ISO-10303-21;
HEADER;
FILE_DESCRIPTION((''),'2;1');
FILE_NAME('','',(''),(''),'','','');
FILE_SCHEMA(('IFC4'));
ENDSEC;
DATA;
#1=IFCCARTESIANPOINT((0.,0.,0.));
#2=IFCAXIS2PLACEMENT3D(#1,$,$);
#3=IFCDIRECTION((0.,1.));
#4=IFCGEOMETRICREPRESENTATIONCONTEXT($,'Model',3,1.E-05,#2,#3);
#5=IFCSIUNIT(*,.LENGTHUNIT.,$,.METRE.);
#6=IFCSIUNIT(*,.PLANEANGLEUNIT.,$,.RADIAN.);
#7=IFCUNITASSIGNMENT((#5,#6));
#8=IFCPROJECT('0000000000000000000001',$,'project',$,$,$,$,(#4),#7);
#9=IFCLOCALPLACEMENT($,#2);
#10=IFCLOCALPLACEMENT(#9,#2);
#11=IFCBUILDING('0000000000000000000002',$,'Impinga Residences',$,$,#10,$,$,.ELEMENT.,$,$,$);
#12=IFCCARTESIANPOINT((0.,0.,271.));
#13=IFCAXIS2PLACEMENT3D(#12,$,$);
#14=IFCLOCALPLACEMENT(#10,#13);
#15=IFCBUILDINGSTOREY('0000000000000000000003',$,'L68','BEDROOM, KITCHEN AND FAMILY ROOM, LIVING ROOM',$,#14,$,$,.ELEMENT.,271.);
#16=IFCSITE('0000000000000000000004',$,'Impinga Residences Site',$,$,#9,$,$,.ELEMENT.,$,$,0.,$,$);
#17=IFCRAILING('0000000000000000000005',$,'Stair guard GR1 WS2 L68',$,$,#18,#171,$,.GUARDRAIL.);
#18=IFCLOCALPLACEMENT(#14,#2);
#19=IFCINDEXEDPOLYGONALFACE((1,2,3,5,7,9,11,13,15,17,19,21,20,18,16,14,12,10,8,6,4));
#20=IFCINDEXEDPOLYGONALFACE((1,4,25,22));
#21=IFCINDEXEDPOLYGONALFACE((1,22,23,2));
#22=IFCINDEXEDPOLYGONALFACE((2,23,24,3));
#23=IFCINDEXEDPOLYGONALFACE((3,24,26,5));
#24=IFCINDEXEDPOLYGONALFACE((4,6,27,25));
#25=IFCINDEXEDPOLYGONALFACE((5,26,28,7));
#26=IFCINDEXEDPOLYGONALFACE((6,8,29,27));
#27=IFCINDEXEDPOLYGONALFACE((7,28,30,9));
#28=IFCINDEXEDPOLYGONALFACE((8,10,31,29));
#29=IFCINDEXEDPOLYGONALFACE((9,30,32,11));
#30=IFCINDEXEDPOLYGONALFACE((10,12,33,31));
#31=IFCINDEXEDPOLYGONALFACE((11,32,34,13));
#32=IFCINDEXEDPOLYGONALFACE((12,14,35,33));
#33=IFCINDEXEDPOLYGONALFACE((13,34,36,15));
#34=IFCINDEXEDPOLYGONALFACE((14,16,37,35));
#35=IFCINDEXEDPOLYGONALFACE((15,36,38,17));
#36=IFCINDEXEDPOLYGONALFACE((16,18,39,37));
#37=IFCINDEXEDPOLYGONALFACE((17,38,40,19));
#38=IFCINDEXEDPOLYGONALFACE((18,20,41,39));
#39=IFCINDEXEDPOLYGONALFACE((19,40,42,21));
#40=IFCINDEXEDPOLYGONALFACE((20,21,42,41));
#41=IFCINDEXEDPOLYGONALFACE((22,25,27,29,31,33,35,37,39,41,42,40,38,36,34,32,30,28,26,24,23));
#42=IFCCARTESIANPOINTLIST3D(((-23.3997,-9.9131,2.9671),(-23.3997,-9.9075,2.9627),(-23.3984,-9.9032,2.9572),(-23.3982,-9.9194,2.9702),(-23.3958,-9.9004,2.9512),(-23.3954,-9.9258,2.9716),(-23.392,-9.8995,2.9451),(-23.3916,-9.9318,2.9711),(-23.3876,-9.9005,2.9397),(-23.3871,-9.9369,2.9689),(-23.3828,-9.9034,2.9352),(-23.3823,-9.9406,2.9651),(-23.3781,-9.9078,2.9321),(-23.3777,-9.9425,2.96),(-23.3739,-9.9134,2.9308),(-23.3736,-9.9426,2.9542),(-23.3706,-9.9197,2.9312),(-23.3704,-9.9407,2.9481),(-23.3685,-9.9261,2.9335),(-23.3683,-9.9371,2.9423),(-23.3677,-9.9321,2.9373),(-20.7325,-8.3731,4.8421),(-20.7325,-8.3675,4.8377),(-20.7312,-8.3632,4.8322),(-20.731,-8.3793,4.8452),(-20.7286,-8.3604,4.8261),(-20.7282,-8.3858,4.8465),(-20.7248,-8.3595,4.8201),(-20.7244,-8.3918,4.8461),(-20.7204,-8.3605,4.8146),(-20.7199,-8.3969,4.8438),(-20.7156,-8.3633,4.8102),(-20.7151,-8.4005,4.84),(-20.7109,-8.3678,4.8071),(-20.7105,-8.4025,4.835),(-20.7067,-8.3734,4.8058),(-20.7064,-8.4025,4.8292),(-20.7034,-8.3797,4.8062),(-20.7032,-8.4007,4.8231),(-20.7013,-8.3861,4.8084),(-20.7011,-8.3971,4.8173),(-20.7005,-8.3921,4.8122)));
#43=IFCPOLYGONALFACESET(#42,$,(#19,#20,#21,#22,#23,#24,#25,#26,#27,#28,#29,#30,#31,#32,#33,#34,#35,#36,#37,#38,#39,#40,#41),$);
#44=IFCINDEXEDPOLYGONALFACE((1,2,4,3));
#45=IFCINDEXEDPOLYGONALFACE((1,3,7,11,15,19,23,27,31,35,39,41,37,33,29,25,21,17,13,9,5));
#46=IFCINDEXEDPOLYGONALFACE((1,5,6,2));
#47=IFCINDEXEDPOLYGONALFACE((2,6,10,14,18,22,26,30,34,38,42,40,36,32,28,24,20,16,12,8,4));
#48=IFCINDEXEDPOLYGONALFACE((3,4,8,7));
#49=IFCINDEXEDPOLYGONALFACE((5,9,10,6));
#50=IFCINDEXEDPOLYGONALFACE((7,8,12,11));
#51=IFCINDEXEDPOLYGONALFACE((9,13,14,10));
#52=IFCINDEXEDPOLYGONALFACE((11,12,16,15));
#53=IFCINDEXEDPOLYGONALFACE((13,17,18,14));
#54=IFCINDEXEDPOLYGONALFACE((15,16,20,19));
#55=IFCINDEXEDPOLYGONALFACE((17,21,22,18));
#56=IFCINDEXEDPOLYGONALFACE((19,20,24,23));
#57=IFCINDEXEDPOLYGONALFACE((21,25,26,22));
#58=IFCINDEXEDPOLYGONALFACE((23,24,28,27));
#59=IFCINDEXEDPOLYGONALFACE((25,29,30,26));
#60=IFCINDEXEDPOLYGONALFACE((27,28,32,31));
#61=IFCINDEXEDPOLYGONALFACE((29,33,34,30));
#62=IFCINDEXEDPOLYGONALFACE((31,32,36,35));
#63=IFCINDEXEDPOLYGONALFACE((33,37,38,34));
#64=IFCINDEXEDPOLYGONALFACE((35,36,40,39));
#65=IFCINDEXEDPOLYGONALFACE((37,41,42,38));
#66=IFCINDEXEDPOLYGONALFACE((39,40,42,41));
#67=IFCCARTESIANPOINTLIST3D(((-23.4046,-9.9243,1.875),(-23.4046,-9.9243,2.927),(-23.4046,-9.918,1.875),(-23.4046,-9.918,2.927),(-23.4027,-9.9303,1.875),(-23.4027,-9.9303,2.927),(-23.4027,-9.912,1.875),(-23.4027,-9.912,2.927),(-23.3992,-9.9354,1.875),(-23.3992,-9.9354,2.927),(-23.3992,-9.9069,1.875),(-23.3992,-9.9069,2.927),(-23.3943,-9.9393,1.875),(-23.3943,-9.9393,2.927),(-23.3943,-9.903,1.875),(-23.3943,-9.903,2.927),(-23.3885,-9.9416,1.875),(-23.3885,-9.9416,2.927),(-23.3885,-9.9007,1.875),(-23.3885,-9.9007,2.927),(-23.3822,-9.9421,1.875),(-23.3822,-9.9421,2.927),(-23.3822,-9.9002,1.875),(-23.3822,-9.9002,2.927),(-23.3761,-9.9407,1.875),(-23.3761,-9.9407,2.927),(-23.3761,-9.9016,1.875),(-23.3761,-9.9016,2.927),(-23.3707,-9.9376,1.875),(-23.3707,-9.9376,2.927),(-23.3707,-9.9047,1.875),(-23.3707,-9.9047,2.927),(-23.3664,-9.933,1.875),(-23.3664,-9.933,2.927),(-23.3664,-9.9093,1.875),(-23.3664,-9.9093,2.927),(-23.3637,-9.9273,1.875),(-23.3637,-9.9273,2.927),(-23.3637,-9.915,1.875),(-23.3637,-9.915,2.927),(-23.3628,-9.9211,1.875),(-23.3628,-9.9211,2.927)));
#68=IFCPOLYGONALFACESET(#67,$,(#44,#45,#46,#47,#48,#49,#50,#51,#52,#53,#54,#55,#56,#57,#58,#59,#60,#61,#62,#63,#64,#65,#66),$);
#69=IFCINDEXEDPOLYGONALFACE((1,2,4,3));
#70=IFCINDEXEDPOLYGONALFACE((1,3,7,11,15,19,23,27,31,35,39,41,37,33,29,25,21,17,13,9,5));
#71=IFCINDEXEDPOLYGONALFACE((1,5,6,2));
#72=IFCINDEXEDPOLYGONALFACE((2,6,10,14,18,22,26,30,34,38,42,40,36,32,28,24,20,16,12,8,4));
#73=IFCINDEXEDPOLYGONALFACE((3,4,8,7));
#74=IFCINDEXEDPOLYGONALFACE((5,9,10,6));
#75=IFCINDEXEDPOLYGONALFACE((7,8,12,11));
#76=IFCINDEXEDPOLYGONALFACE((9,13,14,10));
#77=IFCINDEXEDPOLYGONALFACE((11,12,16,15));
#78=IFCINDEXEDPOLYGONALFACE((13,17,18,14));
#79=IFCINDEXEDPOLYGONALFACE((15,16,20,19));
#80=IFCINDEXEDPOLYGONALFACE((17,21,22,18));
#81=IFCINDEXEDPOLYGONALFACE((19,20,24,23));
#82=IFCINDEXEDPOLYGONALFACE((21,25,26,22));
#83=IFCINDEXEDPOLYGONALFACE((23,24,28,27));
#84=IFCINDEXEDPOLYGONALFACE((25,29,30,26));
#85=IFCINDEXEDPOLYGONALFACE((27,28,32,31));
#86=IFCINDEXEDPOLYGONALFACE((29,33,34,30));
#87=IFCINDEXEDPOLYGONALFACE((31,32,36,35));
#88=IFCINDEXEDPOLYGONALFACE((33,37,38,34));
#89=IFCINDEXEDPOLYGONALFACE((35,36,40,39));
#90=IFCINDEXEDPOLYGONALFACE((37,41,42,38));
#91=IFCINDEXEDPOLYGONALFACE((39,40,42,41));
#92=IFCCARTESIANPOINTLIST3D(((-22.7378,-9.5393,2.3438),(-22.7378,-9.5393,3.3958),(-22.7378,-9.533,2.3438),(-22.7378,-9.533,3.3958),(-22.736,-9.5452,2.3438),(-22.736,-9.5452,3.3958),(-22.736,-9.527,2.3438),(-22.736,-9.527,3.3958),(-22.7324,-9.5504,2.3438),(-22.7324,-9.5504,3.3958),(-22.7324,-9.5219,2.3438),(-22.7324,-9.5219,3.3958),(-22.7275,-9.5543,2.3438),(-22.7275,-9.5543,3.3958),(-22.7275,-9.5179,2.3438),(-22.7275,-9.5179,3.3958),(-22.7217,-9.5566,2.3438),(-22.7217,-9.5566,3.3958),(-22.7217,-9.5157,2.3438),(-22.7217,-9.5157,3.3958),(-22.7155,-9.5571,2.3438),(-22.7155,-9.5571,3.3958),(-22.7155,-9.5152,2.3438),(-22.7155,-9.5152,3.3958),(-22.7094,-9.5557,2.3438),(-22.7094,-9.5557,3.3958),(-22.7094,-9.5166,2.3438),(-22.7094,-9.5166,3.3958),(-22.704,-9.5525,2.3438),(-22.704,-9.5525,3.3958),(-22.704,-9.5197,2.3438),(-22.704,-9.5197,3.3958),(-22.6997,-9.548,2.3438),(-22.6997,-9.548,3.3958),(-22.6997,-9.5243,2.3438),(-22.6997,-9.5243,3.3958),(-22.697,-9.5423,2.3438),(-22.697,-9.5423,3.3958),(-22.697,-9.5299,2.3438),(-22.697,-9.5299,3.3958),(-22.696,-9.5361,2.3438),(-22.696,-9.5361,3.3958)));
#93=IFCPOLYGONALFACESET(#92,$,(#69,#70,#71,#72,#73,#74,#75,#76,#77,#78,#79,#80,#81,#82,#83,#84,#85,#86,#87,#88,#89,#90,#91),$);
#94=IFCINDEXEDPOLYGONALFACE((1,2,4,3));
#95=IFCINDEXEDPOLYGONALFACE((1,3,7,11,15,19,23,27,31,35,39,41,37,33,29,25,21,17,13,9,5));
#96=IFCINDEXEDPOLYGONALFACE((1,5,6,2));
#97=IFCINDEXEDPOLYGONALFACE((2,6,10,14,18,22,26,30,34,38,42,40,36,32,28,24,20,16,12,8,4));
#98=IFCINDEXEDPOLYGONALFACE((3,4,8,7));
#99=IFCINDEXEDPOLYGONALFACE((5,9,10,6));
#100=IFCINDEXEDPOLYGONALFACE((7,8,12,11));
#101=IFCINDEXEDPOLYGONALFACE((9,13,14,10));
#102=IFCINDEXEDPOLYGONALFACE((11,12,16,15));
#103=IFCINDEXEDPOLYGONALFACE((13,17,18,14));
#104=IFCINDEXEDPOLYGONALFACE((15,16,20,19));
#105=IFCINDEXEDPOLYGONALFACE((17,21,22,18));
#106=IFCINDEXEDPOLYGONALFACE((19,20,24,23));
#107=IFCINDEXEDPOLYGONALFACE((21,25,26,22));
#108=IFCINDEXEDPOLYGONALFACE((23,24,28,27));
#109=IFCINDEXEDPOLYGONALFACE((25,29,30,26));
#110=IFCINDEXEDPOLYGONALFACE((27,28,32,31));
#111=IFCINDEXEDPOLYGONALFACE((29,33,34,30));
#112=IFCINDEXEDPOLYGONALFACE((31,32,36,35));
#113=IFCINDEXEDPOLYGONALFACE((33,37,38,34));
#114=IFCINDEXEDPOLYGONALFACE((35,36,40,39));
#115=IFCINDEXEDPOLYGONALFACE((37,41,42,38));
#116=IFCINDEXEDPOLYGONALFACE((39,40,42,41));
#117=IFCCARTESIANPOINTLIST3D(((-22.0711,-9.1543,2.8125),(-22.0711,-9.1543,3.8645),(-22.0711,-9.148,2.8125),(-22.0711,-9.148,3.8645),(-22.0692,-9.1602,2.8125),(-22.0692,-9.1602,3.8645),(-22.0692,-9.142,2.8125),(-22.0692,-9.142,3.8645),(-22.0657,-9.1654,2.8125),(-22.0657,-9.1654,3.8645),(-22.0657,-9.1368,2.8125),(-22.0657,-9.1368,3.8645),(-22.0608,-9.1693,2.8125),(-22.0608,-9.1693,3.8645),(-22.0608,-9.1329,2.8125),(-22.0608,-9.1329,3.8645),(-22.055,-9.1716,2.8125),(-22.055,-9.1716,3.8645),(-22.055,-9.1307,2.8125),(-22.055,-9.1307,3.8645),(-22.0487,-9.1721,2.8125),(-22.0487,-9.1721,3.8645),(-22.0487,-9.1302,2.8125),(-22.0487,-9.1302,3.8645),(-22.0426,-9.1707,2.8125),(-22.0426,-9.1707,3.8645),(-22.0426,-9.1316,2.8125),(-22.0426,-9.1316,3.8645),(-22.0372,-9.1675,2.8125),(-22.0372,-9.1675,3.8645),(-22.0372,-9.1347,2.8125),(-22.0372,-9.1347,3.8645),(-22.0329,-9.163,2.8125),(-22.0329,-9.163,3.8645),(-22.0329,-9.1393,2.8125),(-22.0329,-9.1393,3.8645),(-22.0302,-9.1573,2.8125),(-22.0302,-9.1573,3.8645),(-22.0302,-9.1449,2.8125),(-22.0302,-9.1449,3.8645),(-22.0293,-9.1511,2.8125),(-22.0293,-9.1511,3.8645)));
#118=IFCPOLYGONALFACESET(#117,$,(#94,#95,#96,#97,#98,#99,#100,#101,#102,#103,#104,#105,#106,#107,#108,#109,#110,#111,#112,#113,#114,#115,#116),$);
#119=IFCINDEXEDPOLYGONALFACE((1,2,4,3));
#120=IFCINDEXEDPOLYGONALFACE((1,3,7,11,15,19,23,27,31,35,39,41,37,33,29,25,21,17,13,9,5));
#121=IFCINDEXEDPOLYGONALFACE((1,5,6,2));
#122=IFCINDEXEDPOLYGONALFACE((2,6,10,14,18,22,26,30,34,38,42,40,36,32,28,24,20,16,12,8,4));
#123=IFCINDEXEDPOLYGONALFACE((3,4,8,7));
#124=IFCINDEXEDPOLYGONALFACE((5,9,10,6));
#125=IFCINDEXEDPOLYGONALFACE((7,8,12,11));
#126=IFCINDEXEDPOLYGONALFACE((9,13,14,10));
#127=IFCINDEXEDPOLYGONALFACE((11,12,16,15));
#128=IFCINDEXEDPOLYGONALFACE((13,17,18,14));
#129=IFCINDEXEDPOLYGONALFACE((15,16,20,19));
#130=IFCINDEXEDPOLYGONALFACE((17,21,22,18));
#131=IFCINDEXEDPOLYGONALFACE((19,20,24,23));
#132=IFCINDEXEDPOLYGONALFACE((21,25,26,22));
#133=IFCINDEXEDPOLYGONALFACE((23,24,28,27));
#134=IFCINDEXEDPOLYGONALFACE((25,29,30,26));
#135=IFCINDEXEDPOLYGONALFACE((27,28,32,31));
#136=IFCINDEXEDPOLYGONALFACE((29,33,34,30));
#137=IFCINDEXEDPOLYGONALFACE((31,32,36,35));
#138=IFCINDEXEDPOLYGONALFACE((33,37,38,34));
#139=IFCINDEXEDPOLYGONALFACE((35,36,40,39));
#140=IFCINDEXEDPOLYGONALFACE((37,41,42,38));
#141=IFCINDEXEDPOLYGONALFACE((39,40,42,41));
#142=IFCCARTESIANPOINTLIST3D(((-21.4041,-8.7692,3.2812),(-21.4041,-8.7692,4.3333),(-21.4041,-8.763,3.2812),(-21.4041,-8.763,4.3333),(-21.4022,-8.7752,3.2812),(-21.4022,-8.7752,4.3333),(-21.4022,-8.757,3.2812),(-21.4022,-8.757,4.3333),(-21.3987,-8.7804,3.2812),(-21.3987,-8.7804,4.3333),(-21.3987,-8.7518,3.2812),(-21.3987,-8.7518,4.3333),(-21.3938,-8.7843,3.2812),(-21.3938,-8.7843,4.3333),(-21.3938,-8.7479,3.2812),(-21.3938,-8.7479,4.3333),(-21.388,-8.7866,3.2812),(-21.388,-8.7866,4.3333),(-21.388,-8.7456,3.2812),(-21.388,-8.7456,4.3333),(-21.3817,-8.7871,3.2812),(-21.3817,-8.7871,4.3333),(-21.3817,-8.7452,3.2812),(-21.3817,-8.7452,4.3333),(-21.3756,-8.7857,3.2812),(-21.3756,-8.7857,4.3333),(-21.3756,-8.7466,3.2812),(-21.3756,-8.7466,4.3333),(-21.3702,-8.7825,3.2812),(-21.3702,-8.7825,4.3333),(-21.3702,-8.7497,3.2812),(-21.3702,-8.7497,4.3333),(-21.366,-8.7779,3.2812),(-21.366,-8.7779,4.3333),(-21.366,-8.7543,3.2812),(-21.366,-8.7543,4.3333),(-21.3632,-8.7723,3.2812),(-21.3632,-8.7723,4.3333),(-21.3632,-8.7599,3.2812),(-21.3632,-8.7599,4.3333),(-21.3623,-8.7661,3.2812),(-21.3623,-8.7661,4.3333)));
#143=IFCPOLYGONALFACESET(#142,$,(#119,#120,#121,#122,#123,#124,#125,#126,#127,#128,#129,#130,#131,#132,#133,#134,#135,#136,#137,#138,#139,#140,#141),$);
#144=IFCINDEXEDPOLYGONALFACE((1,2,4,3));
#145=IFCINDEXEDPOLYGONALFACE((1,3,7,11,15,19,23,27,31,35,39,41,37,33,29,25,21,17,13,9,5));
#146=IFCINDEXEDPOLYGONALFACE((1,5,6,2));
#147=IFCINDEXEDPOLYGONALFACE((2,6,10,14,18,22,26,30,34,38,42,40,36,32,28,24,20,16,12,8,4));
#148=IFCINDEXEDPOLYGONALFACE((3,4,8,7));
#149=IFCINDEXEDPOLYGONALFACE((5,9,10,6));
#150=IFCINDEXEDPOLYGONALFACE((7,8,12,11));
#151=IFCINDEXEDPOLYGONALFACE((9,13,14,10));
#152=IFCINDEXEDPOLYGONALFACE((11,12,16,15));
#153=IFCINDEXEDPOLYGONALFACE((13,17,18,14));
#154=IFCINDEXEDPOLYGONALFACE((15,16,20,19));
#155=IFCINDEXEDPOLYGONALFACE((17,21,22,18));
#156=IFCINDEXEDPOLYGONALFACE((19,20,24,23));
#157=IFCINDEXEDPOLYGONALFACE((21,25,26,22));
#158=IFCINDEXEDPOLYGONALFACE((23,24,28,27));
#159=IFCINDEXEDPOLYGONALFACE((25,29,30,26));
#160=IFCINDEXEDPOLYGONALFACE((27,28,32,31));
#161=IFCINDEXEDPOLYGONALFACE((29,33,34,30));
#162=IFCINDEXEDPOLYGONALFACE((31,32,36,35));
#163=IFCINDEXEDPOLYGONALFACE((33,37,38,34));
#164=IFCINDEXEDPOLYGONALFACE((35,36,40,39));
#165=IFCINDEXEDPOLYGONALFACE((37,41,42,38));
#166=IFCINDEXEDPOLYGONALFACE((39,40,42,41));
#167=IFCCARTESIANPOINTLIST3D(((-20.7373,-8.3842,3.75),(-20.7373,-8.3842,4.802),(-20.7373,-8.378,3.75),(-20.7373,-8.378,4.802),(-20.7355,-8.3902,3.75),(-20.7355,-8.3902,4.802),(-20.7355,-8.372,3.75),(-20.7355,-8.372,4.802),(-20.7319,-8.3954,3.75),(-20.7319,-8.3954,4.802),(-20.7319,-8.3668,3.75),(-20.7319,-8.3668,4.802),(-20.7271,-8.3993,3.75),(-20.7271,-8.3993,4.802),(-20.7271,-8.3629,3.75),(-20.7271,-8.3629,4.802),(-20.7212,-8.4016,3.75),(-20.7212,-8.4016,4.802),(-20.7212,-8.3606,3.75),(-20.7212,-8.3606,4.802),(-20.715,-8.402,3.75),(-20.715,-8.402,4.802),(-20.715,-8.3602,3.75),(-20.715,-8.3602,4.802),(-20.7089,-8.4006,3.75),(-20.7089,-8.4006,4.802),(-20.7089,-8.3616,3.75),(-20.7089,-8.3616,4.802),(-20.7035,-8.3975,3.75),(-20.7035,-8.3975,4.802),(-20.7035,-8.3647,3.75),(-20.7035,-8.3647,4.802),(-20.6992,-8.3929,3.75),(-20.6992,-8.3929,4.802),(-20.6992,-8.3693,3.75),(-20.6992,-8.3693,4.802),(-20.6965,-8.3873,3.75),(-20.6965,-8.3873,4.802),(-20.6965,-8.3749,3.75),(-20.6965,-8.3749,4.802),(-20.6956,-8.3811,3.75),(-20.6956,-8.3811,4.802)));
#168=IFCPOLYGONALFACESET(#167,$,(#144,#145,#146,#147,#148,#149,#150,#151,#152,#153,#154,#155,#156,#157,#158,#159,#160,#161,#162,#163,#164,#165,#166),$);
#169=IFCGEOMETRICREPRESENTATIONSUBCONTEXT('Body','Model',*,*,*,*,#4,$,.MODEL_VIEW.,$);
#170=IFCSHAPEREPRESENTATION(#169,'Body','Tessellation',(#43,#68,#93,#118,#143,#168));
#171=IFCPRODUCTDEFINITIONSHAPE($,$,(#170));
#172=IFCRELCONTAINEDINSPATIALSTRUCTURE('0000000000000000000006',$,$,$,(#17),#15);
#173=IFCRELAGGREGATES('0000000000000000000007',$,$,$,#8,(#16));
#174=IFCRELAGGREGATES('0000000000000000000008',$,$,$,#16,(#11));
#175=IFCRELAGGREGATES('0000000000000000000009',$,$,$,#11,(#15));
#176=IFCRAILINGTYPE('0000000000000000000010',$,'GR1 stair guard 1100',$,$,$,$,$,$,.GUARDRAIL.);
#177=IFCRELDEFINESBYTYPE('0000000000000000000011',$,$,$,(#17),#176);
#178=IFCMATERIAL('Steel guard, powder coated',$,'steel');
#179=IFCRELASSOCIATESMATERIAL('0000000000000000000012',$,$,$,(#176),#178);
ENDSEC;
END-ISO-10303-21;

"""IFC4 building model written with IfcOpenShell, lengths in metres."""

from ifc_helpers import new_model, si_unit, direction, frame, origin, origin_2d, place, context, subcontext, project, spatial, circle, extrude, material, type_object, element, save


model = new_model("IFC4")

# Units and contexts
model_context = context("Model", 3, precision=1e-05, world=origin(), true_north=direction((0.0, 1.0)))
body_context = subcontext(model_context, "Body", "Model", "MODEL_VIEW")
ifc_project = project(units=[si_unit("LENGTHUNIT", "METRE"), si_unit("PLANEANGLEUNIT", "RADIAN")], contexts=[model_context])

# Site, building, storey
site_placement = place(None, origin())
site = spatial("IfcSite", under=ifc_project, at=site_placement, Name="Impinga Residences Site", CompositionType="ELEMENT", RefElevation=0.0)
building_placement = place(site_placement, origin())
building = spatial("IfcBuilding", under=site, at=building_placement, Name="Impinga Residences", CompositionType="ELEMENT")
storey_placement = place(building_placement, frame((0.0, 0.0, 271.0)))
storey = spatial("IfcBuildingStorey", under=building, at=storey_placement, Name="L68", Description="BEDROOM, KITCHEN AND FAMILY ROOM, LIVING ROOM", CompositionType="ELEMENT", Elevation=271.0)

# Railing
ifc_material_1 = material(Name="Steel guard, powder coated", Category="steel")
railing_type_1 = type_object("IfcRailingType", Name="GR1 stair guard 1100", PredefinedType="GUARDRAIL", material=ifc_material_1)
railing_1_placement = place(storey_placement, frame((-23.3838, -9.9211, 1.875)))
element("IfcRailing", 1, at=railing_1_placement, inside=storey, type_object=railing_type_1, Name="Stair guard GR1 WS2 L68", PredefinedType="GUARDRAIL", context=body_context, shape_type="SweptSolid", body=[
    extrude(circle(Radius=0.0239, at=origin_2d()), frame((0.0, 0.0, 1.0762), z_axis=(0.739716, 0.427105, 0.520002), x_axis=(-0.500027, 0.86601, 0.0)), (0.0, 0.0, 1.0), 3.6057),
    extrude(circle(Radius=0.021, at=origin_2d()), origin(), (0.0, 0.0, 1.0), 1.052),
    extrude(circle(Radius=0.021, at=origin_2d()), frame((0.6667, 0.385, 0.4688)), (0.0, 0.0, 1.0), 1.052),
    extrude(circle(Radius=0.021, at=origin_2d()), frame((1.3335, 0.77, 0.9375)), (0.0, 0.0, 1.0), 1.052),
    extrude(circle(Radius=0.021, at=origin_2d()), frame((2.0005, 1.155, 1.4062)), (0.0, 0.0, 1.0), 1.052),
    extrude(circle(Radius=0.021, at=origin_2d()), frame((2.6672, 1.54, 1.875)), (0.0, 0.0, 1.0), 1.052),
])

save(model, "model.ifc")
